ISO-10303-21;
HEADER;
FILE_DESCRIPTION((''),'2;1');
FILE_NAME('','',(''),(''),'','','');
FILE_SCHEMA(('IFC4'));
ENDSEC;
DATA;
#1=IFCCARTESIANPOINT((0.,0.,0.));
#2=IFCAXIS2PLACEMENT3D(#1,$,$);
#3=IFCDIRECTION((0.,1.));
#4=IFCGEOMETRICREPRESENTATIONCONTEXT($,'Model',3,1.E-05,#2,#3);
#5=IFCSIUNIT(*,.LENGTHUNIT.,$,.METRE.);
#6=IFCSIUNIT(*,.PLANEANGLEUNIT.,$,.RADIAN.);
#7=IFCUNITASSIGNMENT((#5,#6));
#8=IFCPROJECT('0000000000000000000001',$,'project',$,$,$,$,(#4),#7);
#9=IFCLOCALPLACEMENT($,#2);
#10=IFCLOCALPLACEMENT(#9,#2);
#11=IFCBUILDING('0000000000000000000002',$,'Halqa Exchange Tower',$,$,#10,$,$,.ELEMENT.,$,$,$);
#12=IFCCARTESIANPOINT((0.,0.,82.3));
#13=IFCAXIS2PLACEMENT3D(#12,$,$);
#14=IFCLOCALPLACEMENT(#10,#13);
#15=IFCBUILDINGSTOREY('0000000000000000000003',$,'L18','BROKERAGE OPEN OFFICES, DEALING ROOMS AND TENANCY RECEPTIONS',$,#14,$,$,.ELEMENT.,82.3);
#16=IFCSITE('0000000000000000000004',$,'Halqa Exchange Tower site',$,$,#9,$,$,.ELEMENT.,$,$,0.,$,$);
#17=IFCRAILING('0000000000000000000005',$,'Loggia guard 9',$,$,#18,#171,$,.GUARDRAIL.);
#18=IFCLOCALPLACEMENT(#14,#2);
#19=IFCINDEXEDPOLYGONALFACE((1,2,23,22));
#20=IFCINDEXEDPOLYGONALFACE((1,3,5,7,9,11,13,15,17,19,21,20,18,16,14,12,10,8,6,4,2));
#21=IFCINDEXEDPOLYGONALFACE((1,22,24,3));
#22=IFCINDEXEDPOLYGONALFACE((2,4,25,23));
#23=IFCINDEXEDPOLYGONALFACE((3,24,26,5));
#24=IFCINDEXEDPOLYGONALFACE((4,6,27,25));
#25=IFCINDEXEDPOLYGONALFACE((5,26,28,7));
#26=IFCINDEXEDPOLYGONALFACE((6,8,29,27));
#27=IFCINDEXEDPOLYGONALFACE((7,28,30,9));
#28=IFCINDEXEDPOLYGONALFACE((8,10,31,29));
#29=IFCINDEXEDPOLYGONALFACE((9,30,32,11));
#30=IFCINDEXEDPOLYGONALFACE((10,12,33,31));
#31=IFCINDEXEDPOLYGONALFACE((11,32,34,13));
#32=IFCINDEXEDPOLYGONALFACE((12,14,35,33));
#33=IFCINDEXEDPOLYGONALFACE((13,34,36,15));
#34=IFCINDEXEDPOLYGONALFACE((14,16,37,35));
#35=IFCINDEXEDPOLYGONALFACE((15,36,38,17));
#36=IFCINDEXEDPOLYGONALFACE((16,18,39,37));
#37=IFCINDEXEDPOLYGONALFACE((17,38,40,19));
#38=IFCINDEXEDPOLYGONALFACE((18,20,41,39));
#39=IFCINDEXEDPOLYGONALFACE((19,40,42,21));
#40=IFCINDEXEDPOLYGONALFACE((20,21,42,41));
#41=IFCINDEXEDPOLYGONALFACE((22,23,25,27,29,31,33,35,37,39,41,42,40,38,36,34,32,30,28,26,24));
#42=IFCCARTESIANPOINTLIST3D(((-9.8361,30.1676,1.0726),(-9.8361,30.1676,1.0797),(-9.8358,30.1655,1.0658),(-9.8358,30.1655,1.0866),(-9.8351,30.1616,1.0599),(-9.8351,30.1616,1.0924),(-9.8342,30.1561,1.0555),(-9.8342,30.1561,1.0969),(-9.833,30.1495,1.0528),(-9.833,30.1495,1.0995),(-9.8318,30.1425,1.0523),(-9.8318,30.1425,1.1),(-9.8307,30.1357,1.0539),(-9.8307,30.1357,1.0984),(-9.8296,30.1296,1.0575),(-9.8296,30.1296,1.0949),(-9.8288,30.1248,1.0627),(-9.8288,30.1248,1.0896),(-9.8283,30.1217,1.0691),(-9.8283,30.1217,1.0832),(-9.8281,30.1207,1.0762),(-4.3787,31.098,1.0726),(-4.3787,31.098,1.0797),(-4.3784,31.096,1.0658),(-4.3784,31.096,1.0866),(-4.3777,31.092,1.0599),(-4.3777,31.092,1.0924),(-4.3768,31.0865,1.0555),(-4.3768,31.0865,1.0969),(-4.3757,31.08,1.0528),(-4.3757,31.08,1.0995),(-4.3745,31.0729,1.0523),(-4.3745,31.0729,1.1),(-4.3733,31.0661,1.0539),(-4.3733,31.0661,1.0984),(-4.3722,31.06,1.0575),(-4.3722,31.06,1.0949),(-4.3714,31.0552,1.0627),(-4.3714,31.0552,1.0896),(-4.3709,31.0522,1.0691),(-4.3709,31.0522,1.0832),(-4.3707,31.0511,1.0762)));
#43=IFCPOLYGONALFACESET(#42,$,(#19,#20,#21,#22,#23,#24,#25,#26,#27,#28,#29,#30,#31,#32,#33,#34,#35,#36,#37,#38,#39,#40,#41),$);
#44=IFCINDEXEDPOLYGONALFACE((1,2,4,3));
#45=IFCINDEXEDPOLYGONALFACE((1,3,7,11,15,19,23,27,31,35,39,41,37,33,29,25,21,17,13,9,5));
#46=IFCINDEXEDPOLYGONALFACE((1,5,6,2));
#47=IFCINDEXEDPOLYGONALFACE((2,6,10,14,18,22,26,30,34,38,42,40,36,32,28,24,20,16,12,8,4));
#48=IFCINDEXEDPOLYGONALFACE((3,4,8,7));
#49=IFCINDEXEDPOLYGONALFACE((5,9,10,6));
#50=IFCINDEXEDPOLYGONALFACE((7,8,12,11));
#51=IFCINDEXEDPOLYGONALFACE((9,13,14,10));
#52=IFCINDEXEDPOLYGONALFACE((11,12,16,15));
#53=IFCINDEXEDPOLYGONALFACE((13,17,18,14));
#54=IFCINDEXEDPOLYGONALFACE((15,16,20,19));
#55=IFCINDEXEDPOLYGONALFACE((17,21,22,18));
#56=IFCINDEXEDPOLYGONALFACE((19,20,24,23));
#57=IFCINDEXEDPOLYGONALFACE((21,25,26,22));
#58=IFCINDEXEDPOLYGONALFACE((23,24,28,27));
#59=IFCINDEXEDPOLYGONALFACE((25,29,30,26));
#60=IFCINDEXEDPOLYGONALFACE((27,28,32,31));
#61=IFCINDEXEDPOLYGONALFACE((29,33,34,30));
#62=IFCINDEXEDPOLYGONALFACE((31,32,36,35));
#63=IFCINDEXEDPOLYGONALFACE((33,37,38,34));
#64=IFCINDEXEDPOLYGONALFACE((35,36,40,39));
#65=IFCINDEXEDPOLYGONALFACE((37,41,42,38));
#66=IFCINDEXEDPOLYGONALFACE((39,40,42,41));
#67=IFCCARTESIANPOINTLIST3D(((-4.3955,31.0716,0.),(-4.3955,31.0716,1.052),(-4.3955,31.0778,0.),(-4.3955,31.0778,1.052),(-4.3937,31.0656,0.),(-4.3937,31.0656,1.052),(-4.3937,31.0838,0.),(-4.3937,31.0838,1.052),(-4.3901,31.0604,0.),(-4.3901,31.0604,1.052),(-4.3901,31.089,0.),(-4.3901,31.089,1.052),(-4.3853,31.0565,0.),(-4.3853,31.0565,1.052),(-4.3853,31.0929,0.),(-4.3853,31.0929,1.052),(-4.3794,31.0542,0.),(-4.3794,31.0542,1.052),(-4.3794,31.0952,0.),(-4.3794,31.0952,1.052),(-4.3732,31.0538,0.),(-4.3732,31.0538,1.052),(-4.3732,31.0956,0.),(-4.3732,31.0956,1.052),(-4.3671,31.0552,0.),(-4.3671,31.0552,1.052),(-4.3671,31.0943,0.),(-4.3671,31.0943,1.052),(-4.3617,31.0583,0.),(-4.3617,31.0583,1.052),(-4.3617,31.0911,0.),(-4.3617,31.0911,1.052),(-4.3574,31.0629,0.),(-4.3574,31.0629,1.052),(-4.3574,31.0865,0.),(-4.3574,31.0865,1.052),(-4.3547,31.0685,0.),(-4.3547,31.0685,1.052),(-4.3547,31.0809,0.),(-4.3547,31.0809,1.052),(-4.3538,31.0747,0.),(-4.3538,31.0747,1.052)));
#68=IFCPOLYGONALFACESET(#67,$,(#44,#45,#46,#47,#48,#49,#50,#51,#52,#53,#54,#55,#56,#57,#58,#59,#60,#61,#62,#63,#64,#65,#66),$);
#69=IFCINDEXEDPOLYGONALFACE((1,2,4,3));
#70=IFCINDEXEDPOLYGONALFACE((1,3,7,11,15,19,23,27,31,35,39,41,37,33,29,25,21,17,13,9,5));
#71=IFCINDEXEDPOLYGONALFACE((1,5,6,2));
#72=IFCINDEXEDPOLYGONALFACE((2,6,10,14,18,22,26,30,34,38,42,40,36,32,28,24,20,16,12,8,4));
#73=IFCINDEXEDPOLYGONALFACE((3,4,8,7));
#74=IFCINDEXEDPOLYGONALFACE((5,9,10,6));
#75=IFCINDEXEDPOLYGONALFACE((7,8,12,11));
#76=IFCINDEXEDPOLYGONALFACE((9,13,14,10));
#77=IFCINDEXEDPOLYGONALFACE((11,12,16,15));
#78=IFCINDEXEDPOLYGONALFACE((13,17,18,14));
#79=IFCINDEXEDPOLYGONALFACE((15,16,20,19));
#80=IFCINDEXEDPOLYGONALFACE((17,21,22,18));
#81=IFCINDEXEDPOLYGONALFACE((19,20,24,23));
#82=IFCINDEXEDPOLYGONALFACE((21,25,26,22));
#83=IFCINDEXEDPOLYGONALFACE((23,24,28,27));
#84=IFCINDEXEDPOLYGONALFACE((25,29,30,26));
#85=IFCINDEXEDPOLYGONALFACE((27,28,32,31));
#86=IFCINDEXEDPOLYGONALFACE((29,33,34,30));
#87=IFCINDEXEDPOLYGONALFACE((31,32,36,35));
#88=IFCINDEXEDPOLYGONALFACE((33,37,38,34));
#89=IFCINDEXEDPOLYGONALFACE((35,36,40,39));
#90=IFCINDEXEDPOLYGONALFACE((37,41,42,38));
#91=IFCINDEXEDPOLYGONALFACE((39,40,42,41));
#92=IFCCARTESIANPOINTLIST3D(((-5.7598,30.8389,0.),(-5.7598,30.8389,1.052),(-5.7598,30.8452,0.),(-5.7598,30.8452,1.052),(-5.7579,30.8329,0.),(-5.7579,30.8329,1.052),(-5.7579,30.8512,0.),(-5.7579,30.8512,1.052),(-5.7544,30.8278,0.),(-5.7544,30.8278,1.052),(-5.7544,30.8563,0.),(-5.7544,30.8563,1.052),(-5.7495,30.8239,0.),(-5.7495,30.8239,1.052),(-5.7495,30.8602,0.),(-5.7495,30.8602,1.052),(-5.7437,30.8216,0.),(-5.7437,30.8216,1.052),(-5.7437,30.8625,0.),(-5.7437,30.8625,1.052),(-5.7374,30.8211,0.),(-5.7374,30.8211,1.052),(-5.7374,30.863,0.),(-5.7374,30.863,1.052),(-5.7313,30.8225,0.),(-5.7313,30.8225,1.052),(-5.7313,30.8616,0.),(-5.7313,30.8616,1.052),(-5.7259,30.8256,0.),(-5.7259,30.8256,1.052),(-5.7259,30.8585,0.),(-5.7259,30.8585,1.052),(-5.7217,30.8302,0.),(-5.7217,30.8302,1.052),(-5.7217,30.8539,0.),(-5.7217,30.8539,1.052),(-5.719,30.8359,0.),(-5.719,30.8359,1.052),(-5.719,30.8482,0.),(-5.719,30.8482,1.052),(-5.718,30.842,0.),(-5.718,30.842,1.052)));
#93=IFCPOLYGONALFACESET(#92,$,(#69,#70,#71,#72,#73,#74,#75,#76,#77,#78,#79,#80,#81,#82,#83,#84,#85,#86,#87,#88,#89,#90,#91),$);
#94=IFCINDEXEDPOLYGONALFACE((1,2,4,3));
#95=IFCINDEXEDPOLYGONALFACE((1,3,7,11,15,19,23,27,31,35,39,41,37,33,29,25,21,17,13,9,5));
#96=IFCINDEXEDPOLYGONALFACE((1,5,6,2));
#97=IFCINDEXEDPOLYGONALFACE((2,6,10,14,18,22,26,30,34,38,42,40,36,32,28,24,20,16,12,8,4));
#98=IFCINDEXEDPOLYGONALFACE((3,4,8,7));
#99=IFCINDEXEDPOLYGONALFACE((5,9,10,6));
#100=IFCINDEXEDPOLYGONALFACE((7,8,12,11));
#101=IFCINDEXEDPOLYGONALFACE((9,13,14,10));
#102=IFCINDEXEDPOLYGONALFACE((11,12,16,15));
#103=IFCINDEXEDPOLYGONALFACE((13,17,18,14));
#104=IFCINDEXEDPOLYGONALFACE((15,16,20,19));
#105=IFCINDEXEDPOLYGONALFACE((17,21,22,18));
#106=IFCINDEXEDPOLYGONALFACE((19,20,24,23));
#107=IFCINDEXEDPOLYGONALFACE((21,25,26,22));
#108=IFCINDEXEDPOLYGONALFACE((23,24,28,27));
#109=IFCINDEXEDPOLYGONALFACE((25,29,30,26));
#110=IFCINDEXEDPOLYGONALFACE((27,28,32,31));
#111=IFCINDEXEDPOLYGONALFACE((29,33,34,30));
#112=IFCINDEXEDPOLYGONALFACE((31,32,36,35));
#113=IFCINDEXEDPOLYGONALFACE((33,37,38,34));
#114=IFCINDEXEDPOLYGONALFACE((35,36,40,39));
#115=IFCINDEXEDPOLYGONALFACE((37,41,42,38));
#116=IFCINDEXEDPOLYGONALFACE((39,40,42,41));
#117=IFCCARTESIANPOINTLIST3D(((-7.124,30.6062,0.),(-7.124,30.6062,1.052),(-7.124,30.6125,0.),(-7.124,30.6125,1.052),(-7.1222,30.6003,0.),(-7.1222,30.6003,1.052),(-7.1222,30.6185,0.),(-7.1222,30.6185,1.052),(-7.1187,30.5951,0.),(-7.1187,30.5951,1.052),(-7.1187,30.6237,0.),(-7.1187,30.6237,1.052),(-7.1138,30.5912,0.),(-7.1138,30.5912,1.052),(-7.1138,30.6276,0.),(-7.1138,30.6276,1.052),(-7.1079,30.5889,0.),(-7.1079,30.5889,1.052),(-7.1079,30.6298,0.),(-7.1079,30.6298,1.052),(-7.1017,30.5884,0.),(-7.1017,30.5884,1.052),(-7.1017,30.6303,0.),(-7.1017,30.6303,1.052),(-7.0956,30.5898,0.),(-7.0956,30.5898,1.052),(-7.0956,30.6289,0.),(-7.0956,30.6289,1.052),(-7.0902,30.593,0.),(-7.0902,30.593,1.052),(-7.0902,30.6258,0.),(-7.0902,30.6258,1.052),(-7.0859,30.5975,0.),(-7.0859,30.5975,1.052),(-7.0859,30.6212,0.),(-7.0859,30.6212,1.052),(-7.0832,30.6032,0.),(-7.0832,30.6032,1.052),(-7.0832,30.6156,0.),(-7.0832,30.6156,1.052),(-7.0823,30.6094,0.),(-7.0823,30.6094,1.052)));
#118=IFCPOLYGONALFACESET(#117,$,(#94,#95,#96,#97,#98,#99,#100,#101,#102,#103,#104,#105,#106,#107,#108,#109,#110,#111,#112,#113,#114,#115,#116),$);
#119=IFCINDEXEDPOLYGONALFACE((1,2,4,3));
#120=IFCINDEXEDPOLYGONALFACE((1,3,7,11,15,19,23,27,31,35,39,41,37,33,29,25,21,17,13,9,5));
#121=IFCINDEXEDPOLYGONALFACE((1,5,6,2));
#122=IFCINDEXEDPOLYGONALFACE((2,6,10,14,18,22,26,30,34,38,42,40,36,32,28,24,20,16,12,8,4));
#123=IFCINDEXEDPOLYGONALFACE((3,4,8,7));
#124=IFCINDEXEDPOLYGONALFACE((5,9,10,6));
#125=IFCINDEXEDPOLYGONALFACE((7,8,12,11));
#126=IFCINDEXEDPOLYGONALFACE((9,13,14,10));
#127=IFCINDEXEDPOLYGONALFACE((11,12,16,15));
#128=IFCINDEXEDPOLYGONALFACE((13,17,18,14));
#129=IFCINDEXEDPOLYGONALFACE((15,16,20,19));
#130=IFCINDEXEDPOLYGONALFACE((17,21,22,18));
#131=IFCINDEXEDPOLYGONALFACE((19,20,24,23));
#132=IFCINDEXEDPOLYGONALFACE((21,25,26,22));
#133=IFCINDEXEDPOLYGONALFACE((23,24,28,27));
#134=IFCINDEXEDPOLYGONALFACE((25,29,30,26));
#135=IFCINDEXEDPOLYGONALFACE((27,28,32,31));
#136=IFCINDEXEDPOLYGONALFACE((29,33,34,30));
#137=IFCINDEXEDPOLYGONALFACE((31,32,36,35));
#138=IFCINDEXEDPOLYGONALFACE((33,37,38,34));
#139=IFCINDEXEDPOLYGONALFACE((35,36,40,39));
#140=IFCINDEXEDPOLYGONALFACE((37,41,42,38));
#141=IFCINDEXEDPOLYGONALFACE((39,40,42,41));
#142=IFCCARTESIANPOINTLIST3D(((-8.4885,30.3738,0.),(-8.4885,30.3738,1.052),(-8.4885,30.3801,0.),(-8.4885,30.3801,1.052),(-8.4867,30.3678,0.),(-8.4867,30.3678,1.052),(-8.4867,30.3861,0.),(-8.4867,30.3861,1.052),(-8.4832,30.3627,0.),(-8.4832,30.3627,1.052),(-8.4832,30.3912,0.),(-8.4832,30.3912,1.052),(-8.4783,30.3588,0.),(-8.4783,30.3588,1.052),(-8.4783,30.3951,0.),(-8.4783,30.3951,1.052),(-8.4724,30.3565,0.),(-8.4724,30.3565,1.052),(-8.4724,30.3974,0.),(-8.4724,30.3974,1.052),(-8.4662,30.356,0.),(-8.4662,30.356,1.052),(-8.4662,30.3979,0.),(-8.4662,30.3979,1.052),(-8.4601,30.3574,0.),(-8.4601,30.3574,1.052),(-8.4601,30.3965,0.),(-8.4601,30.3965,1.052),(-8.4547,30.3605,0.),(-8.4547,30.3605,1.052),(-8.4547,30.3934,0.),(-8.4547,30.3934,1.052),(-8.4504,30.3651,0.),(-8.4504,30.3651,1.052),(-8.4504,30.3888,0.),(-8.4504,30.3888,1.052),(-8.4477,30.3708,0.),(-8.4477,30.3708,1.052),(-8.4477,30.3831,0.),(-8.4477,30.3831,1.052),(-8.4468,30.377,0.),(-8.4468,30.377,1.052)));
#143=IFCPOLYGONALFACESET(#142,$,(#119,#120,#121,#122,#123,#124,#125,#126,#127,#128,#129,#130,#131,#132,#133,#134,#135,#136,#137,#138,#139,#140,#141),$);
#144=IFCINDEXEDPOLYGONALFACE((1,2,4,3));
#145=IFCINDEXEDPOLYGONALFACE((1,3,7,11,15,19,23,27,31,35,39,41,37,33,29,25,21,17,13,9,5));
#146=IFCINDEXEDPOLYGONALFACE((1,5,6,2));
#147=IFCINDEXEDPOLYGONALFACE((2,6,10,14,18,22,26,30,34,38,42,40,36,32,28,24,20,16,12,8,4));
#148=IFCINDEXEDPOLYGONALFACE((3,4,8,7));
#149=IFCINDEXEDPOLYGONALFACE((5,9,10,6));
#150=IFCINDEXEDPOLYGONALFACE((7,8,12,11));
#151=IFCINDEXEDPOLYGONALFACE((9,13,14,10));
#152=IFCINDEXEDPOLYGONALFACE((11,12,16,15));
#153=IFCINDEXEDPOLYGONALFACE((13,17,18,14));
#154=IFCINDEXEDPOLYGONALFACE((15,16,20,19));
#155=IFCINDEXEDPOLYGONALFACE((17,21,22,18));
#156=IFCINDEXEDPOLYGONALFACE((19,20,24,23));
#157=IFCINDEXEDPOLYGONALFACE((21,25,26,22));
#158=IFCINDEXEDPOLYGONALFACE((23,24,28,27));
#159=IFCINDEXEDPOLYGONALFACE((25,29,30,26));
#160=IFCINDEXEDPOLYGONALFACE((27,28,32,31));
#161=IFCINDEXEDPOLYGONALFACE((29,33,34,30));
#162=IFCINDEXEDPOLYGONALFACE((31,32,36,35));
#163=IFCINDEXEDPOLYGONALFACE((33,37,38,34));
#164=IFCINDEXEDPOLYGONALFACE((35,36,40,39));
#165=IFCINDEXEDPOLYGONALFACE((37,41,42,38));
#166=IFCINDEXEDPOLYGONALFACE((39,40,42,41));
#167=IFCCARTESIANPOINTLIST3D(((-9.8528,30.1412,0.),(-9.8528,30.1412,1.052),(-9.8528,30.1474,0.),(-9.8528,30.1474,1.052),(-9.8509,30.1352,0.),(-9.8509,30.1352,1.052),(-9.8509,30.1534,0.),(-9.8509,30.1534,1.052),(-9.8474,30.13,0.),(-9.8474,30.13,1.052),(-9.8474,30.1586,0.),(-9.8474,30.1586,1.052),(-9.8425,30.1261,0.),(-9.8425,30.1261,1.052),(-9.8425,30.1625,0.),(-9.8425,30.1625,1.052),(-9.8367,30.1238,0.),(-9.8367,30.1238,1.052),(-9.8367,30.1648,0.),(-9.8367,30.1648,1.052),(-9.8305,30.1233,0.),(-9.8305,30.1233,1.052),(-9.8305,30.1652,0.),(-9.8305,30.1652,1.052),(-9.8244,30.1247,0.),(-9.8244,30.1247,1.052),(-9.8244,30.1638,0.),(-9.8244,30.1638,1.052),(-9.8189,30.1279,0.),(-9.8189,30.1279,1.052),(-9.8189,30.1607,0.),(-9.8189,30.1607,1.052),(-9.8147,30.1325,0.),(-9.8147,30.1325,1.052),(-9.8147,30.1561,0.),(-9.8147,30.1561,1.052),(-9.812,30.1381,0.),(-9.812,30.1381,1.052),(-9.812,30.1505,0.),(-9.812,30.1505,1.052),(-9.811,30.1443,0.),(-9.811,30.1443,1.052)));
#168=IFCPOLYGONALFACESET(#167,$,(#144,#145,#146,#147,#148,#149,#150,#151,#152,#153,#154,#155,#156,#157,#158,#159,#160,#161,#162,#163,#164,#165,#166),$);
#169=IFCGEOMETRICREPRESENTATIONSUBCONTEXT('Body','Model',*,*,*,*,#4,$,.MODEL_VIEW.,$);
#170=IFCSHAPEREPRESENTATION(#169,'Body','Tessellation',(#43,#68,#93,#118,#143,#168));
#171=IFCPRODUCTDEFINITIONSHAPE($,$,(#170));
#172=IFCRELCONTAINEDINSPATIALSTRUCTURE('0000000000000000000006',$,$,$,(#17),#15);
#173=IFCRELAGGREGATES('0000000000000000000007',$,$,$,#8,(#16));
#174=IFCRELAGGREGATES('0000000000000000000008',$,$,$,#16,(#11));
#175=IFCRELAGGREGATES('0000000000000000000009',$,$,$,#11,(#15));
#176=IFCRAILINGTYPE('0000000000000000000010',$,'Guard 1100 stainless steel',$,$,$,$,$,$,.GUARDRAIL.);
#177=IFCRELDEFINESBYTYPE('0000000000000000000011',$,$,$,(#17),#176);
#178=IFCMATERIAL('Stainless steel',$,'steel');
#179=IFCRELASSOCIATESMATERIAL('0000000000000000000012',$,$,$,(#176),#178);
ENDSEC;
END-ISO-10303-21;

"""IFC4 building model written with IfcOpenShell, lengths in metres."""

from ifc_helpers import new_model, si_unit, direction, frame, origin, origin_2d, place, context, subcontext, project, spatial, circle, extrude, material, type_object, element, save


model = new_model("IFC4")

# Units and contexts
model_context = context("Model", 3, precision=1e-05, world=origin(), true_north=direction((0.0, 1.0)))
body_context = subcontext(model_context, "Body", "Model", "MODEL_VIEW")
ifc_project = project(units=[si_unit("LENGTHUNIT", "METRE"), si_unit("PLANEANGLEUNIT", "RADIAN")], contexts=[model_context])

# Site, building, storey
site_placement = place(None, origin())
site = spatial("IfcSite", under=ifc_project, at=site_placement, Name="Halqa Exchange Tower site", CompositionType="ELEMENT", RefElevation=0.0)
building_placement = place(site_placement, origin())
building = spatial("IfcBuilding", under=site, at=building_placement, Name="Halqa Exchange Tower", CompositionType="ELEMENT")
storey_placement = place(building_placement, frame((0.0, 0.0, 82.3)))
storey = spatial("IfcBuildingStorey", under=building, at=storey_placement, Name="L18", Description="BROKERAGE OPEN OFFICES, DEALING ROOMS AND TENANCY RECEPTIONS", CompositionType="ELEMENT", Elevation=82.3)

# Railing
ifc_material_1 = material(Name="Stainless steel", Category="steel")
railing_type_1 = type_object("IfcRailingType", Name="Guard 1100 stainless steel", PredefinedType="GUARDRAIL", material=ifc_material_1)
railing_1_placement = place(storey_placement, frame((-4.3748, 31.0747, 0.0)))
element("IfcRailing", 1, at=railing_1_placement, inside=storey, type_object=railing_type_1, Name="Loggia guard 9", PredefinedType="GUARDRAIL", context=body_context, shape_type="SweptSolid", body=[
    extrude(circle(Radius=0.0239, at=origin_2d()), frame((0.0, 0.0, 1.0762), z_axis=(-0.985776, -0.168067, 0.0), x_axis=(0.168067, -0.985776, 0.0)), (0.0, 0.0, 1.0), 5.5361),
    extrude(circle(Radius=0.021, at=origin_2d()), origin(), (0.0, 0.0, 1.0), 1.052),
    extrude(circle(Radius=0.021, at=origin_2d()), frame((-1.3643, -0.2327, 0.0)), (0.0, 0.0, 1.0), 1.052),
    extrude(circle(Radius=0.021, at=origin_2d()), frame((-2.7285, -0.4653, 0.0)), (0.0, 0.0, 1.0), 1.052),
    extrude(circle(Radius=0.021, at=origin_2d()), frame((-4.093, -0.6978, 0.0)), (0.0, 0.0, 1.0), 1.052),
    extrude(circle(Radius=0.021, at=origin_2d()), frame((-5.4573, -0.9304, 0.0)), (0.0, 0.0, 1.0), 1.052),
])

save(model, "model.ifc")
